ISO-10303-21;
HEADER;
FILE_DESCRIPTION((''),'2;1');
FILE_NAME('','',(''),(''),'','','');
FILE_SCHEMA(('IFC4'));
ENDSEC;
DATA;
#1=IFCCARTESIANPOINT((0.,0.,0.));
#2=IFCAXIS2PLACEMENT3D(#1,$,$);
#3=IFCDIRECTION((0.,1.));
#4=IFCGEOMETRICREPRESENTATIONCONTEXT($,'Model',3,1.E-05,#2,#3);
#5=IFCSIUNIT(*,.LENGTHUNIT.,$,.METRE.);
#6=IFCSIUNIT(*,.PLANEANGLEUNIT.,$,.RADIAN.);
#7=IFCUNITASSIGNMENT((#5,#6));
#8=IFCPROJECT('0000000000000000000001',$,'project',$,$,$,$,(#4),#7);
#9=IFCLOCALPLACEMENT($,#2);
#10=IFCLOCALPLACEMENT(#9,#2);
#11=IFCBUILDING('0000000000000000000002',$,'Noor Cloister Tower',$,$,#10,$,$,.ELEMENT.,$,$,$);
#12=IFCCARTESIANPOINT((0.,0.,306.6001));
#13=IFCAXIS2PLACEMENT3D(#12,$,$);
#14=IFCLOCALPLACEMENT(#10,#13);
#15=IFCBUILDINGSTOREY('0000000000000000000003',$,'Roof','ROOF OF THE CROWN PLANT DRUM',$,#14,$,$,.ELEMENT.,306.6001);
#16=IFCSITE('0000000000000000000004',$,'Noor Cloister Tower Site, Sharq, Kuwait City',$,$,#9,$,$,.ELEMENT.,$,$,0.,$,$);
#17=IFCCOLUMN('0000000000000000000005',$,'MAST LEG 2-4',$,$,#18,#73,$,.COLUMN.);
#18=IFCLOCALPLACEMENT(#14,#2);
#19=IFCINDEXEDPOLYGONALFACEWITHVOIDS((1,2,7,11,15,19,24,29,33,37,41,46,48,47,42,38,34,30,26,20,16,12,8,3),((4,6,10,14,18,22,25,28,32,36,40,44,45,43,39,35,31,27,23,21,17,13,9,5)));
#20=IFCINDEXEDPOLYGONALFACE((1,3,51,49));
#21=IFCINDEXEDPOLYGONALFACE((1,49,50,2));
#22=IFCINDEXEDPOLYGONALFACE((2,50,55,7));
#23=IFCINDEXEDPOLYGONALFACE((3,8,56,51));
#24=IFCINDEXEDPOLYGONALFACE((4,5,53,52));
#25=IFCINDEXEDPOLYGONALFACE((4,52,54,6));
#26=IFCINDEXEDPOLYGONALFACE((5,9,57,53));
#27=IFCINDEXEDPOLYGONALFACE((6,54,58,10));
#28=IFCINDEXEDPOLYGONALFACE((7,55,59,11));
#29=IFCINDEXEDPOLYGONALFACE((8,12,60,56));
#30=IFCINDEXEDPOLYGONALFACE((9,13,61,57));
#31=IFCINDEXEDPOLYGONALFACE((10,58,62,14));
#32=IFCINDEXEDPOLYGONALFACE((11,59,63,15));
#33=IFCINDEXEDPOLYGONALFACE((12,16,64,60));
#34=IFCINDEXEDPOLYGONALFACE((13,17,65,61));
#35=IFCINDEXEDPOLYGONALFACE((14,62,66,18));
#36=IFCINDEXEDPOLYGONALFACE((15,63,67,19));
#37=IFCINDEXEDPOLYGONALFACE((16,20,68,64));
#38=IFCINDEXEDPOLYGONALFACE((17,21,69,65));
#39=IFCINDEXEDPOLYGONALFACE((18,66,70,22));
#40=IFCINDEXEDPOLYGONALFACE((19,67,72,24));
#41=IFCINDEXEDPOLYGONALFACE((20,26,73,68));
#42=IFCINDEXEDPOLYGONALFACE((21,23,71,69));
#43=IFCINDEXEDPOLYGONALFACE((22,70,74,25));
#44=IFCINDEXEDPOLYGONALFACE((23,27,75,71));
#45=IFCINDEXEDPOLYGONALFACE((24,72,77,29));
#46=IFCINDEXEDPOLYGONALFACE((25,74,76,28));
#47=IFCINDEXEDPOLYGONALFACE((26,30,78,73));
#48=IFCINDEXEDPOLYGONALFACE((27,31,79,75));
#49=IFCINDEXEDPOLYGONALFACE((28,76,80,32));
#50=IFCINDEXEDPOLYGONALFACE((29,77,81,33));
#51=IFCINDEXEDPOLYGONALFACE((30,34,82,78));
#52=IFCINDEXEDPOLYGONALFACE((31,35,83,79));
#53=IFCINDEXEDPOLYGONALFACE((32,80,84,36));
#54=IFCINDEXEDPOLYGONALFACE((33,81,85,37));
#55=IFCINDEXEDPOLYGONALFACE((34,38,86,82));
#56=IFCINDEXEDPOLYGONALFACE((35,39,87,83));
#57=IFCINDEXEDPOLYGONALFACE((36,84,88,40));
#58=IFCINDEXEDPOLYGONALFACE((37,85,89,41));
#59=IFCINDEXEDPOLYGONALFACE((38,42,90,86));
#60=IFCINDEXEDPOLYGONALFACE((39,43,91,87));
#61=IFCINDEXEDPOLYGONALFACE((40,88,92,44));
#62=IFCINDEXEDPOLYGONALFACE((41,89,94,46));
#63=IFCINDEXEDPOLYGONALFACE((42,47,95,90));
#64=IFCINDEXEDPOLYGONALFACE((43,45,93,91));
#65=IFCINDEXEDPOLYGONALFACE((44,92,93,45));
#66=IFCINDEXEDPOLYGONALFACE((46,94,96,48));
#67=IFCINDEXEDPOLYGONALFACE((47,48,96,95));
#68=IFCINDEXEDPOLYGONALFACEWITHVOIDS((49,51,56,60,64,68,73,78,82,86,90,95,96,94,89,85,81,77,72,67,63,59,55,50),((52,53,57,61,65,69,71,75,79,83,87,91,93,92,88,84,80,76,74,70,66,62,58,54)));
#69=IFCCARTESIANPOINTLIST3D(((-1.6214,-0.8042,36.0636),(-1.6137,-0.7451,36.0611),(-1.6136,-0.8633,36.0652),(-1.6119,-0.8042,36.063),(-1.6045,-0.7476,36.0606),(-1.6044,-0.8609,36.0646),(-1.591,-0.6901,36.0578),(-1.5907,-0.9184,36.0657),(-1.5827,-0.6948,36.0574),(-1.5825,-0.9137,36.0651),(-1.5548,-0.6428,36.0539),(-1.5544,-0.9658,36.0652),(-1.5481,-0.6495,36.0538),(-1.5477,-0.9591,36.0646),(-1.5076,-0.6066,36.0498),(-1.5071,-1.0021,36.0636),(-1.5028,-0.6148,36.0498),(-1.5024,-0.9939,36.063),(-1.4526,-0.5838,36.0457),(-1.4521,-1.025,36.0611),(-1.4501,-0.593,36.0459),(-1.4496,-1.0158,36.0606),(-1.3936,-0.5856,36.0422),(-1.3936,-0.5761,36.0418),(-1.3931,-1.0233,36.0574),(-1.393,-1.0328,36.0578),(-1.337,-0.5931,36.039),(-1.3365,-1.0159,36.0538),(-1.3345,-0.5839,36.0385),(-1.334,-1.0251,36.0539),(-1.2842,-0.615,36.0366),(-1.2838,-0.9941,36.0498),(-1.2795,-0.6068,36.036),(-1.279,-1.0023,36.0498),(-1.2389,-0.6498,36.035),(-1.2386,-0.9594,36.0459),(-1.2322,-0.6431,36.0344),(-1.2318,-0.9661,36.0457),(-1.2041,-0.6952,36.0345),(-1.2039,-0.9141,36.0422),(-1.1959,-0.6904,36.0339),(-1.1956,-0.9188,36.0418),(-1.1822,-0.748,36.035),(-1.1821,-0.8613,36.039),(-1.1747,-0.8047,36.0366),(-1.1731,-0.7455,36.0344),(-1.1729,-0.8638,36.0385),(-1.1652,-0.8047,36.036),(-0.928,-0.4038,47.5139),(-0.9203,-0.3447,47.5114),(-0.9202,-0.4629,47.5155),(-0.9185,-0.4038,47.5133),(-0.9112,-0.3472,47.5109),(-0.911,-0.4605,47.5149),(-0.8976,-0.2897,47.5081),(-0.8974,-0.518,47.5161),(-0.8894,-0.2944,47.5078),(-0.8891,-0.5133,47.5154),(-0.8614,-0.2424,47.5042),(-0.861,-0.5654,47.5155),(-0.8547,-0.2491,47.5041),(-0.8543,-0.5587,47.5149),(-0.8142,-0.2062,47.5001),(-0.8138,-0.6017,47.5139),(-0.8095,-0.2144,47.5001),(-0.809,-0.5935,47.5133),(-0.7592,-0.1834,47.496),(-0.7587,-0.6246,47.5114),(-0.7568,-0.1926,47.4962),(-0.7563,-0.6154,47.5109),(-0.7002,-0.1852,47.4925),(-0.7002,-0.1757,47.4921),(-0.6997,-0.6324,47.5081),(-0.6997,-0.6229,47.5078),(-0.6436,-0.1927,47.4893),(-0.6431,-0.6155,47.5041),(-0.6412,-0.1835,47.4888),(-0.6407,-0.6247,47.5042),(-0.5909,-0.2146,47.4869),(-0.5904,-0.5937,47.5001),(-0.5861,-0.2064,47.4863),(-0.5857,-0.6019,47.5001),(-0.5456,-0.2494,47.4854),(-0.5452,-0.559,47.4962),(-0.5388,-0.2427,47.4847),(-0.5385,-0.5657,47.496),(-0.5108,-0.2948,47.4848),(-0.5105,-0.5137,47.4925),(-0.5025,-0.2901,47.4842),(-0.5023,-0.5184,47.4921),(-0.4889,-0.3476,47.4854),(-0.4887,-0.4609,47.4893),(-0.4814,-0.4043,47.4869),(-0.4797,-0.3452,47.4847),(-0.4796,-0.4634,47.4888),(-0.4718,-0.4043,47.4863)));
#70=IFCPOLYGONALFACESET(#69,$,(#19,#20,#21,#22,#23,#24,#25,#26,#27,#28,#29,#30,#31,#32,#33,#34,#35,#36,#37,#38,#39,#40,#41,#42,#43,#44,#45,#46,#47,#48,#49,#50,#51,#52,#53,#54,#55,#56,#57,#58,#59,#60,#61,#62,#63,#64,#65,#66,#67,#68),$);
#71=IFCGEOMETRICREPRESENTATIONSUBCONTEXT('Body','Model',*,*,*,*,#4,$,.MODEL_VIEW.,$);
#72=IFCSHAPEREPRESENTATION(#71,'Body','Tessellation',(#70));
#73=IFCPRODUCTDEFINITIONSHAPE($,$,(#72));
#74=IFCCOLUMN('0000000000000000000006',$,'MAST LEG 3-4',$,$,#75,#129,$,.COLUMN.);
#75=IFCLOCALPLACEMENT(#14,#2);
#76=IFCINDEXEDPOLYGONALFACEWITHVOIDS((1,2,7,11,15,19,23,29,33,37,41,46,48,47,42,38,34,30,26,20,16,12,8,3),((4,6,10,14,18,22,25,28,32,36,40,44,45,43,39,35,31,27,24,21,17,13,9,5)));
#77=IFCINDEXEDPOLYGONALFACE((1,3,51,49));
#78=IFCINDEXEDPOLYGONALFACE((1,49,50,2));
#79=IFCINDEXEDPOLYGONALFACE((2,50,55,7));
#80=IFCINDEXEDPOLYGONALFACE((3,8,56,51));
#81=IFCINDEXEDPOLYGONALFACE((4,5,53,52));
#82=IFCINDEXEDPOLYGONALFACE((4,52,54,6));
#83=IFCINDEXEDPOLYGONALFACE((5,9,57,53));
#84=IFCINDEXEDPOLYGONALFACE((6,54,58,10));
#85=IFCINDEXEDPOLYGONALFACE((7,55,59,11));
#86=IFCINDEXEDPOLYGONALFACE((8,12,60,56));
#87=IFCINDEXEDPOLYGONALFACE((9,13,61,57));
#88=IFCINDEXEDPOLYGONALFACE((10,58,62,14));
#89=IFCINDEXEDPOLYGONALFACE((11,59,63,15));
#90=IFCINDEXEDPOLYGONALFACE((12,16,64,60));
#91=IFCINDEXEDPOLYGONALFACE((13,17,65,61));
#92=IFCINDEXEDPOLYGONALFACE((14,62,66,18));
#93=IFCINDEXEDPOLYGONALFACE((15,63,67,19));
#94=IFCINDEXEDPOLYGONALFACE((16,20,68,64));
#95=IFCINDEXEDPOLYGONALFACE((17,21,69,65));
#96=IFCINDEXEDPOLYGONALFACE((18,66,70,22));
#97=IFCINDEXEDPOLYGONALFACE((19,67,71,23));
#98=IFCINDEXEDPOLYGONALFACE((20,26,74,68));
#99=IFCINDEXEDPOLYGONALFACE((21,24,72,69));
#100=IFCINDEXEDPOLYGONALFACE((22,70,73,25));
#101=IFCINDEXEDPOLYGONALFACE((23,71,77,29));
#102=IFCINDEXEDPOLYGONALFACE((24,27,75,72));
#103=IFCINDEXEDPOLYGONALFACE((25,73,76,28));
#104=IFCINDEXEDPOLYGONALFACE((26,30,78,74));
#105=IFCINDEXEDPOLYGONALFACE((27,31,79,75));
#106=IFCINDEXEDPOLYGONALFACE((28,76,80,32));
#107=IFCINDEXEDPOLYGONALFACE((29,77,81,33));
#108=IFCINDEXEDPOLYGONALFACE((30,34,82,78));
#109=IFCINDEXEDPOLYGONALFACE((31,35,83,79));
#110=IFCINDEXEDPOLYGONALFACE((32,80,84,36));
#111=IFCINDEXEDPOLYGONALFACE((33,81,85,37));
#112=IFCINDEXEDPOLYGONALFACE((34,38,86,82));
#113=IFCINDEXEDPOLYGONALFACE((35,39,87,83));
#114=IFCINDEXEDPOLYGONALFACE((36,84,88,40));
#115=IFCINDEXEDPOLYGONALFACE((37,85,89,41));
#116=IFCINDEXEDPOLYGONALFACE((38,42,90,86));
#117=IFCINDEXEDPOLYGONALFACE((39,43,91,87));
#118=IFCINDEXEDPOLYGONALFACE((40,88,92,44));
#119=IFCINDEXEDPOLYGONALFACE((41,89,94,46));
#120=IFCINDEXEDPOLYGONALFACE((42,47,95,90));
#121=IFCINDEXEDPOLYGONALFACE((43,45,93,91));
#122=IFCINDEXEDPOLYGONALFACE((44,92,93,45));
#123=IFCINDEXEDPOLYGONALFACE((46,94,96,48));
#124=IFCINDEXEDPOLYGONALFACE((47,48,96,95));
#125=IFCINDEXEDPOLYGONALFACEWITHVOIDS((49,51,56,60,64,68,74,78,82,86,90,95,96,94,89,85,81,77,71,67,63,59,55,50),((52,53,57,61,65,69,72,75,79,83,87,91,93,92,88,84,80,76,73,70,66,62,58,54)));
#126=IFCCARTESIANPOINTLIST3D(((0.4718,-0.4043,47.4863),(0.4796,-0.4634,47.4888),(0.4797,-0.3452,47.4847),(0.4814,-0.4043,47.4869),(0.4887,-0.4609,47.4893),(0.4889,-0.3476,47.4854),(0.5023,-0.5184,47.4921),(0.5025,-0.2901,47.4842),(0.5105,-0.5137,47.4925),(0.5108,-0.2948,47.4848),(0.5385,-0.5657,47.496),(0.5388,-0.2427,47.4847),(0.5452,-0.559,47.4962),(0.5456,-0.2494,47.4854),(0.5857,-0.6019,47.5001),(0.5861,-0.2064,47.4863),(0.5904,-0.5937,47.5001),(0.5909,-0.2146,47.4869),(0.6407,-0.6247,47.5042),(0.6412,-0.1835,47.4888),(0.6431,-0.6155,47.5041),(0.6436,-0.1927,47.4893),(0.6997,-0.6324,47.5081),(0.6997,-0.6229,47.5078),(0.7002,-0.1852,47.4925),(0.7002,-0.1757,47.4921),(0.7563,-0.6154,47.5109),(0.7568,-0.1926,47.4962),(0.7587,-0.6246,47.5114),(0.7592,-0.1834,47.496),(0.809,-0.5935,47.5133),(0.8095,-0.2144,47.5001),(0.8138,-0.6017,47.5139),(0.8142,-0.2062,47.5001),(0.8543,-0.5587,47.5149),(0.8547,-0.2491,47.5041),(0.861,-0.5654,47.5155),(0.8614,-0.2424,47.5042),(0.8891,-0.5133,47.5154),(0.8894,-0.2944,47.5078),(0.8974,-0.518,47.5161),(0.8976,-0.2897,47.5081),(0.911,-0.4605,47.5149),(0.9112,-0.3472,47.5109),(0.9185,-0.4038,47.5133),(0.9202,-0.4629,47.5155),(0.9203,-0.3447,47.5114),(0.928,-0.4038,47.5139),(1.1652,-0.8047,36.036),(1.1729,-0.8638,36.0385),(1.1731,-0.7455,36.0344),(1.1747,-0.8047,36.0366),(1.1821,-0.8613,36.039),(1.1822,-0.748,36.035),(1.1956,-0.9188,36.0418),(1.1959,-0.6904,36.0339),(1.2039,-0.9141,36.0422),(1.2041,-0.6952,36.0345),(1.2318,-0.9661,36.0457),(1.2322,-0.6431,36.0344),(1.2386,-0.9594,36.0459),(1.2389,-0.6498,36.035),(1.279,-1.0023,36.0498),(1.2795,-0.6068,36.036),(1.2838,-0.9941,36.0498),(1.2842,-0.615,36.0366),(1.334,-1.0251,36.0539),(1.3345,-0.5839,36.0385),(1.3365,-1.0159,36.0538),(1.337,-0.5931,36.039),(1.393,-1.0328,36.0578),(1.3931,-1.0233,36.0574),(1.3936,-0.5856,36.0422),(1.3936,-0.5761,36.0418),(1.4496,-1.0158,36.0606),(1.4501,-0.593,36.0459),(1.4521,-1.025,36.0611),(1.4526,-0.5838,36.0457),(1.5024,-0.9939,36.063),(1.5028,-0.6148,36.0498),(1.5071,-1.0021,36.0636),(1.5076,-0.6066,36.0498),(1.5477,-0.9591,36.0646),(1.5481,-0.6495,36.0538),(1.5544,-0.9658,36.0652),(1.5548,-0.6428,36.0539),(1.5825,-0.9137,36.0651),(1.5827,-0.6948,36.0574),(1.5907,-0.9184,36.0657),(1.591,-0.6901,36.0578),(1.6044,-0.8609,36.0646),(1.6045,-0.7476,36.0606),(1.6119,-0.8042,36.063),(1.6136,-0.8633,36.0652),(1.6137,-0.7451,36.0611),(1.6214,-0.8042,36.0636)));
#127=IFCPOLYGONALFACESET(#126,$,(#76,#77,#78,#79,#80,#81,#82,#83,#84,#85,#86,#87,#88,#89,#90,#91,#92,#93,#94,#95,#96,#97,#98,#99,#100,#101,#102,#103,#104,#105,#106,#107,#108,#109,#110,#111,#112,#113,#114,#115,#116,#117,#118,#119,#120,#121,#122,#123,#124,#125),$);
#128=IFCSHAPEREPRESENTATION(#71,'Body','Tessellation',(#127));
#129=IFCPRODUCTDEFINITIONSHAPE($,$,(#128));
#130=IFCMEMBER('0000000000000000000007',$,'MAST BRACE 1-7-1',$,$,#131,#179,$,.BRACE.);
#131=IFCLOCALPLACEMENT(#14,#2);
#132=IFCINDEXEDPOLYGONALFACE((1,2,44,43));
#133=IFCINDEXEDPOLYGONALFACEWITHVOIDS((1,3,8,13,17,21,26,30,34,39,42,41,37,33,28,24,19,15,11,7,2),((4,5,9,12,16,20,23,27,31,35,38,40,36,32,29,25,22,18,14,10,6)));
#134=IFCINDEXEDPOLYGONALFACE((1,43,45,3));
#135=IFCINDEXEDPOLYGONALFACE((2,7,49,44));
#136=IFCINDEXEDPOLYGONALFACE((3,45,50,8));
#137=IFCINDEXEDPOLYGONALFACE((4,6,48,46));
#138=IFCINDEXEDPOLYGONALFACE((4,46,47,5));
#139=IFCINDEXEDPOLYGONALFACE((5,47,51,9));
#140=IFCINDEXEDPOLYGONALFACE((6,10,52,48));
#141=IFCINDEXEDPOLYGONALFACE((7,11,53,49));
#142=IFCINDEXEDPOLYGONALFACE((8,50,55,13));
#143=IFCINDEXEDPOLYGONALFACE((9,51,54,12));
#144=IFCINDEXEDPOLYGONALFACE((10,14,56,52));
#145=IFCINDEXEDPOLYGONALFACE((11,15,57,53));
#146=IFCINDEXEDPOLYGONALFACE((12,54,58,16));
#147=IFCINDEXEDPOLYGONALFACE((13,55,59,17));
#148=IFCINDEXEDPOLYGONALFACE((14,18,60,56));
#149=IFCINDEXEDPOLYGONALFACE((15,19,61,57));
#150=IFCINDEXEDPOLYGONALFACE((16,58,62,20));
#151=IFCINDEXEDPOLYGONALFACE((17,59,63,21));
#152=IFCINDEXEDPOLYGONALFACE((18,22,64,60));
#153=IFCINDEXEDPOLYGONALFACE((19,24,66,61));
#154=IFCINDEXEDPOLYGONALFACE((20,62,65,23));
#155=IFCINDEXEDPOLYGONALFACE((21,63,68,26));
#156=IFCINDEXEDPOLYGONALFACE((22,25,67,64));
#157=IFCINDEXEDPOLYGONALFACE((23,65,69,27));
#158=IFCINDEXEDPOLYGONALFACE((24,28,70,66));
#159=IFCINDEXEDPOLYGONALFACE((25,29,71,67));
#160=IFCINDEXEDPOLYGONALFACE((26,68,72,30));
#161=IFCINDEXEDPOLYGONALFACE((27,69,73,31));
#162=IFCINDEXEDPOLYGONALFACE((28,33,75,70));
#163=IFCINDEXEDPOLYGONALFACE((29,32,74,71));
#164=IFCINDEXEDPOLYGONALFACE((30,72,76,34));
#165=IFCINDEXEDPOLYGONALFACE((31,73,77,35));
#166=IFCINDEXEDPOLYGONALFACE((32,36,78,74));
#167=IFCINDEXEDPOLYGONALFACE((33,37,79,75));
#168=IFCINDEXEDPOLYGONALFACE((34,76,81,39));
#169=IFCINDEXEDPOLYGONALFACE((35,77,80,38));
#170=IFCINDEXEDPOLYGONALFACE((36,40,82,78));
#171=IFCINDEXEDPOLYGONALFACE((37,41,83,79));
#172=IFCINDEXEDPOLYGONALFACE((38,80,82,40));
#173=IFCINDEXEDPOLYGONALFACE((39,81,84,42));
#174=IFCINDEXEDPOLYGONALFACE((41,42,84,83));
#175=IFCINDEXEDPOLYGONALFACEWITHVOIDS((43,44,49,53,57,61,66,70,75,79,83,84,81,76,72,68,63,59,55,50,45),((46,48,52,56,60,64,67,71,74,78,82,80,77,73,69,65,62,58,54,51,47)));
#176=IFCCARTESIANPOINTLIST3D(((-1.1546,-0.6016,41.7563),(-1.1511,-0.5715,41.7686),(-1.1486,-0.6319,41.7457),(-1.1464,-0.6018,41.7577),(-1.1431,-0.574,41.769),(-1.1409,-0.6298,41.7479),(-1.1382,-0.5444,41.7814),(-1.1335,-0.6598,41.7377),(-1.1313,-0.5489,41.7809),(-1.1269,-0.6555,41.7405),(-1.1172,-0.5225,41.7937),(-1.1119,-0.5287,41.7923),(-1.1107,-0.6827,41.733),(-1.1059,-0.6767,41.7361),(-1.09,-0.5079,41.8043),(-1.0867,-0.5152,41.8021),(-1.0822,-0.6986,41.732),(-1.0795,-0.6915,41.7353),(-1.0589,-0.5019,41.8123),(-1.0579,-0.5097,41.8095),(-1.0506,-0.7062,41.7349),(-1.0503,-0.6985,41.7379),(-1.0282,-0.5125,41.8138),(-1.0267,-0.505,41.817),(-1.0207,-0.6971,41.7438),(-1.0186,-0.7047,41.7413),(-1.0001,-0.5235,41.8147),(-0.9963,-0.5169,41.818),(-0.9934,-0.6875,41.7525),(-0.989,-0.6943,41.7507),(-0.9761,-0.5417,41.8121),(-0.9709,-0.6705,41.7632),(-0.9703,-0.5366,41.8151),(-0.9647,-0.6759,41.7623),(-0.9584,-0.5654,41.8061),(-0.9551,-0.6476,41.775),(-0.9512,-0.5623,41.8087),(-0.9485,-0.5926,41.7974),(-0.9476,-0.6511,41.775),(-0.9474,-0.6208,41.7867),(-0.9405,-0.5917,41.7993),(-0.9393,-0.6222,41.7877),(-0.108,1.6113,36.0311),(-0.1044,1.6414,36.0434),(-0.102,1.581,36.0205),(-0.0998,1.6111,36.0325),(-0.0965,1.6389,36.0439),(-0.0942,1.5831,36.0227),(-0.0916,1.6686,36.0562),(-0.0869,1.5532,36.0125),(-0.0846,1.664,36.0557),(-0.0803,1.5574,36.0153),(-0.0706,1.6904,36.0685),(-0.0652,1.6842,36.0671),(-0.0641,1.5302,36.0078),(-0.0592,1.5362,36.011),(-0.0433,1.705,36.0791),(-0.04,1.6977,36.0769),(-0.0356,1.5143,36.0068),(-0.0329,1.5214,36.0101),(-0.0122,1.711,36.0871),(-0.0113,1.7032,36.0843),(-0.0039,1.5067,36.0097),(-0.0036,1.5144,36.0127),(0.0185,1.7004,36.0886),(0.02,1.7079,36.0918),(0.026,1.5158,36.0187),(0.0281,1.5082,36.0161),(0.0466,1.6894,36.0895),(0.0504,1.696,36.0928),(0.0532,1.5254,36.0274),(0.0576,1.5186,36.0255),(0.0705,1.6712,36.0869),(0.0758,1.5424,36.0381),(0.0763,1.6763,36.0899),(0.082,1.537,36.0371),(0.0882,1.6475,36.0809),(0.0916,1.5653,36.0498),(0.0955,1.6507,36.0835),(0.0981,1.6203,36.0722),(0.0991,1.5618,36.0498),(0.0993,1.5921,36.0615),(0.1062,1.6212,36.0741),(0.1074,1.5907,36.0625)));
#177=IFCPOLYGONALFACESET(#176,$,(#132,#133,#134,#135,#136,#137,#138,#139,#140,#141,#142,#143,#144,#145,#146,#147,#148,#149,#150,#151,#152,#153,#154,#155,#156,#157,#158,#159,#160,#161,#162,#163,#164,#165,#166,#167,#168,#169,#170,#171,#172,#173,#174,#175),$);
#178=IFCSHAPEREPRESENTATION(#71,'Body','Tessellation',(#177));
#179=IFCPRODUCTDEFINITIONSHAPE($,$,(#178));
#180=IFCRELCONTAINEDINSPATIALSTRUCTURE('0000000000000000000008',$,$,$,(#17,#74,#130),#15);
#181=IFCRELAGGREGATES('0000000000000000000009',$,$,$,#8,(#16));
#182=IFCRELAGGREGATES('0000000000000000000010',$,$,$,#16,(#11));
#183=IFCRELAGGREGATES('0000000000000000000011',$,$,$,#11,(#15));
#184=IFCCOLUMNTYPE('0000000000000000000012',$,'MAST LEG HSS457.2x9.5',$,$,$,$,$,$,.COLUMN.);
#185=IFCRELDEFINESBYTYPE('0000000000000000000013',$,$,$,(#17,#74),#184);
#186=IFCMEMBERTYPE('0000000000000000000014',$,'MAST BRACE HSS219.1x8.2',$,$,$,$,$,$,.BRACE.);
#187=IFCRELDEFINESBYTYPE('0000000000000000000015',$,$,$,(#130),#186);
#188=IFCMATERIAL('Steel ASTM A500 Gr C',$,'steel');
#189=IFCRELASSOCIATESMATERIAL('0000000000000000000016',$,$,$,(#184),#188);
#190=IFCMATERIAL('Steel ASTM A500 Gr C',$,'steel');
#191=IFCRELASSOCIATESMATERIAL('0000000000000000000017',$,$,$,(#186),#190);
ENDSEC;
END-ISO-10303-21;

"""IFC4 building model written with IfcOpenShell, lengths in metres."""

from ifc_helpers import new_model, si_unit, direction, frame, origin, origin_2d, place, context, subcontext, project, spatial, hollow_circle, extrude, material, material_profile, profile_set, type_object, element, save


model = new_model("IFC4")

# Units and contexts
model_context = context("Model", 3, precision=1e-05, world=origin(), true_north=direction((0.0, 1.0)))
body_context = subcontext(model_context, "Body", "Model", "MODEL_VIEW")
ifc_project = project(units=[si_unit("LENGTHUNIT", "METRE"), si_unit("PLANEANGLEUNIT", "RADIAN")], contexts=[model_context])

# Site, building, storey
site_placement = place(None, origin())
site = spatial("IfcSite", under=ifc_project, at=site_placement, Name="Noor Cloister Tower Site, Sharq, Kuwait City", CompositionType="ELEMENT", RefElevation=0.0)
building_placement = place(site_placement, origin())
building = spatial("IfcBuilding", under=site, at=building_placement, Name="Noor Cloister Tower", CompositionType="ELEMENT")
storey_placement = place(building_placement, frame((0.0, 0.0, 306.6001)))
storey = spatial("IfcBuildingStorey", under=building, at=storey_placement, Name="Roof", Description="ROOF OF THE CROWN PLANT DRUM", CompositionType="ELEMENT", Elevation=306.6001)

# Columns
ifc_material_1 = material(Name="Steel ASTM A500 Gr C", Category="steel")
ifc_material_profile_1 = material_profile(ifc_material_1, hollow_circle(Radius=0.2285, WallThickness=0.0095, at=origin_2d()), Name="HSS457.2x9.5")
ifc_profile_set_1 = profile_set([ifc_material_profile_1], Name="Steel ASTM A500 Gr C")
column_type = type_object("IfcColumnType", Name="MAST LEG HSS457.2x9.5", PredefinedType="COLUMN", material=ifc_profile_set_1)
for number, where, z_axis, x_axis, name in (
    (1, (-1.3933, -0.8044, 36.0498), (0.060407, 0.034883, 0.997564), (-0.500074, 0.865982, 0.0), "MAST LEG 2-4"),
    (2, (1.3933, -0.8044, 36.0498), (-0.060407, 0.034883, 0.997564), (-0.500074, -0.865982, 0.0), "MAST LEG 3-4"),
):
    element("IfcColumn", number, at=place(storey_placement, frame(where, z_axis=z_axis, x_axis=x_axis)), inside=storey, type_object=column_type, Name=name, PredefinedType="COLUMN", context=body_context, shape_type="SweptSolid", body=[
        extrude(hollow_circle(Radius=0.2285, WallThickness=0.0095, at=origin_2d()), origin(), (0.0, 0.0, 1.0), 11.4783),
    ])

# Member
ifc_material_2 = material(Name="Steel ASTM A500 Gr C", Category="steel")
ifc_material_profile_2 = material_profile(ifc_material_2, hollow_circle(Radius=0.1096, WallThickness=0.0083, at=origin_2d()), Name="HSS219.1x8.2")
ifc_profile_set_2 = profile_set([ifc_material_profile_2], Name="Steel ASTM A500 Gr C")
member_type_1 = type_object("IfcMemberType", Name="MAST BRACE HSS219.1x8.2", PredefinedType="BRACE", material=ifc_profile_set_2)
for number, where, z_axis, x_axis, name in (
    (3, (0.0, 1.6086, 36.0498), (-0.168093, -0.3554, 0.919476), (0.903987, -0.427559, 0.0), "MAST BRACE 1-7-1"),
):
    element("IfcMember", number, at=place(storey_placement, frame(where, z_axis=z_axis, x_axis=x_axis)), inside=storey, type_object=member_type_1, Name=name, PredefinedType="BRACE", context=body_context, shape_type="SweptSolid", body=[
        extrude(hollow_circle(Radius=0.1096, WallThickness=0.0083, at=origin_2d()), origin(), (0.0, 0.0, 1.0), 6.2266),
    ])

save(model, "model.ifc")
